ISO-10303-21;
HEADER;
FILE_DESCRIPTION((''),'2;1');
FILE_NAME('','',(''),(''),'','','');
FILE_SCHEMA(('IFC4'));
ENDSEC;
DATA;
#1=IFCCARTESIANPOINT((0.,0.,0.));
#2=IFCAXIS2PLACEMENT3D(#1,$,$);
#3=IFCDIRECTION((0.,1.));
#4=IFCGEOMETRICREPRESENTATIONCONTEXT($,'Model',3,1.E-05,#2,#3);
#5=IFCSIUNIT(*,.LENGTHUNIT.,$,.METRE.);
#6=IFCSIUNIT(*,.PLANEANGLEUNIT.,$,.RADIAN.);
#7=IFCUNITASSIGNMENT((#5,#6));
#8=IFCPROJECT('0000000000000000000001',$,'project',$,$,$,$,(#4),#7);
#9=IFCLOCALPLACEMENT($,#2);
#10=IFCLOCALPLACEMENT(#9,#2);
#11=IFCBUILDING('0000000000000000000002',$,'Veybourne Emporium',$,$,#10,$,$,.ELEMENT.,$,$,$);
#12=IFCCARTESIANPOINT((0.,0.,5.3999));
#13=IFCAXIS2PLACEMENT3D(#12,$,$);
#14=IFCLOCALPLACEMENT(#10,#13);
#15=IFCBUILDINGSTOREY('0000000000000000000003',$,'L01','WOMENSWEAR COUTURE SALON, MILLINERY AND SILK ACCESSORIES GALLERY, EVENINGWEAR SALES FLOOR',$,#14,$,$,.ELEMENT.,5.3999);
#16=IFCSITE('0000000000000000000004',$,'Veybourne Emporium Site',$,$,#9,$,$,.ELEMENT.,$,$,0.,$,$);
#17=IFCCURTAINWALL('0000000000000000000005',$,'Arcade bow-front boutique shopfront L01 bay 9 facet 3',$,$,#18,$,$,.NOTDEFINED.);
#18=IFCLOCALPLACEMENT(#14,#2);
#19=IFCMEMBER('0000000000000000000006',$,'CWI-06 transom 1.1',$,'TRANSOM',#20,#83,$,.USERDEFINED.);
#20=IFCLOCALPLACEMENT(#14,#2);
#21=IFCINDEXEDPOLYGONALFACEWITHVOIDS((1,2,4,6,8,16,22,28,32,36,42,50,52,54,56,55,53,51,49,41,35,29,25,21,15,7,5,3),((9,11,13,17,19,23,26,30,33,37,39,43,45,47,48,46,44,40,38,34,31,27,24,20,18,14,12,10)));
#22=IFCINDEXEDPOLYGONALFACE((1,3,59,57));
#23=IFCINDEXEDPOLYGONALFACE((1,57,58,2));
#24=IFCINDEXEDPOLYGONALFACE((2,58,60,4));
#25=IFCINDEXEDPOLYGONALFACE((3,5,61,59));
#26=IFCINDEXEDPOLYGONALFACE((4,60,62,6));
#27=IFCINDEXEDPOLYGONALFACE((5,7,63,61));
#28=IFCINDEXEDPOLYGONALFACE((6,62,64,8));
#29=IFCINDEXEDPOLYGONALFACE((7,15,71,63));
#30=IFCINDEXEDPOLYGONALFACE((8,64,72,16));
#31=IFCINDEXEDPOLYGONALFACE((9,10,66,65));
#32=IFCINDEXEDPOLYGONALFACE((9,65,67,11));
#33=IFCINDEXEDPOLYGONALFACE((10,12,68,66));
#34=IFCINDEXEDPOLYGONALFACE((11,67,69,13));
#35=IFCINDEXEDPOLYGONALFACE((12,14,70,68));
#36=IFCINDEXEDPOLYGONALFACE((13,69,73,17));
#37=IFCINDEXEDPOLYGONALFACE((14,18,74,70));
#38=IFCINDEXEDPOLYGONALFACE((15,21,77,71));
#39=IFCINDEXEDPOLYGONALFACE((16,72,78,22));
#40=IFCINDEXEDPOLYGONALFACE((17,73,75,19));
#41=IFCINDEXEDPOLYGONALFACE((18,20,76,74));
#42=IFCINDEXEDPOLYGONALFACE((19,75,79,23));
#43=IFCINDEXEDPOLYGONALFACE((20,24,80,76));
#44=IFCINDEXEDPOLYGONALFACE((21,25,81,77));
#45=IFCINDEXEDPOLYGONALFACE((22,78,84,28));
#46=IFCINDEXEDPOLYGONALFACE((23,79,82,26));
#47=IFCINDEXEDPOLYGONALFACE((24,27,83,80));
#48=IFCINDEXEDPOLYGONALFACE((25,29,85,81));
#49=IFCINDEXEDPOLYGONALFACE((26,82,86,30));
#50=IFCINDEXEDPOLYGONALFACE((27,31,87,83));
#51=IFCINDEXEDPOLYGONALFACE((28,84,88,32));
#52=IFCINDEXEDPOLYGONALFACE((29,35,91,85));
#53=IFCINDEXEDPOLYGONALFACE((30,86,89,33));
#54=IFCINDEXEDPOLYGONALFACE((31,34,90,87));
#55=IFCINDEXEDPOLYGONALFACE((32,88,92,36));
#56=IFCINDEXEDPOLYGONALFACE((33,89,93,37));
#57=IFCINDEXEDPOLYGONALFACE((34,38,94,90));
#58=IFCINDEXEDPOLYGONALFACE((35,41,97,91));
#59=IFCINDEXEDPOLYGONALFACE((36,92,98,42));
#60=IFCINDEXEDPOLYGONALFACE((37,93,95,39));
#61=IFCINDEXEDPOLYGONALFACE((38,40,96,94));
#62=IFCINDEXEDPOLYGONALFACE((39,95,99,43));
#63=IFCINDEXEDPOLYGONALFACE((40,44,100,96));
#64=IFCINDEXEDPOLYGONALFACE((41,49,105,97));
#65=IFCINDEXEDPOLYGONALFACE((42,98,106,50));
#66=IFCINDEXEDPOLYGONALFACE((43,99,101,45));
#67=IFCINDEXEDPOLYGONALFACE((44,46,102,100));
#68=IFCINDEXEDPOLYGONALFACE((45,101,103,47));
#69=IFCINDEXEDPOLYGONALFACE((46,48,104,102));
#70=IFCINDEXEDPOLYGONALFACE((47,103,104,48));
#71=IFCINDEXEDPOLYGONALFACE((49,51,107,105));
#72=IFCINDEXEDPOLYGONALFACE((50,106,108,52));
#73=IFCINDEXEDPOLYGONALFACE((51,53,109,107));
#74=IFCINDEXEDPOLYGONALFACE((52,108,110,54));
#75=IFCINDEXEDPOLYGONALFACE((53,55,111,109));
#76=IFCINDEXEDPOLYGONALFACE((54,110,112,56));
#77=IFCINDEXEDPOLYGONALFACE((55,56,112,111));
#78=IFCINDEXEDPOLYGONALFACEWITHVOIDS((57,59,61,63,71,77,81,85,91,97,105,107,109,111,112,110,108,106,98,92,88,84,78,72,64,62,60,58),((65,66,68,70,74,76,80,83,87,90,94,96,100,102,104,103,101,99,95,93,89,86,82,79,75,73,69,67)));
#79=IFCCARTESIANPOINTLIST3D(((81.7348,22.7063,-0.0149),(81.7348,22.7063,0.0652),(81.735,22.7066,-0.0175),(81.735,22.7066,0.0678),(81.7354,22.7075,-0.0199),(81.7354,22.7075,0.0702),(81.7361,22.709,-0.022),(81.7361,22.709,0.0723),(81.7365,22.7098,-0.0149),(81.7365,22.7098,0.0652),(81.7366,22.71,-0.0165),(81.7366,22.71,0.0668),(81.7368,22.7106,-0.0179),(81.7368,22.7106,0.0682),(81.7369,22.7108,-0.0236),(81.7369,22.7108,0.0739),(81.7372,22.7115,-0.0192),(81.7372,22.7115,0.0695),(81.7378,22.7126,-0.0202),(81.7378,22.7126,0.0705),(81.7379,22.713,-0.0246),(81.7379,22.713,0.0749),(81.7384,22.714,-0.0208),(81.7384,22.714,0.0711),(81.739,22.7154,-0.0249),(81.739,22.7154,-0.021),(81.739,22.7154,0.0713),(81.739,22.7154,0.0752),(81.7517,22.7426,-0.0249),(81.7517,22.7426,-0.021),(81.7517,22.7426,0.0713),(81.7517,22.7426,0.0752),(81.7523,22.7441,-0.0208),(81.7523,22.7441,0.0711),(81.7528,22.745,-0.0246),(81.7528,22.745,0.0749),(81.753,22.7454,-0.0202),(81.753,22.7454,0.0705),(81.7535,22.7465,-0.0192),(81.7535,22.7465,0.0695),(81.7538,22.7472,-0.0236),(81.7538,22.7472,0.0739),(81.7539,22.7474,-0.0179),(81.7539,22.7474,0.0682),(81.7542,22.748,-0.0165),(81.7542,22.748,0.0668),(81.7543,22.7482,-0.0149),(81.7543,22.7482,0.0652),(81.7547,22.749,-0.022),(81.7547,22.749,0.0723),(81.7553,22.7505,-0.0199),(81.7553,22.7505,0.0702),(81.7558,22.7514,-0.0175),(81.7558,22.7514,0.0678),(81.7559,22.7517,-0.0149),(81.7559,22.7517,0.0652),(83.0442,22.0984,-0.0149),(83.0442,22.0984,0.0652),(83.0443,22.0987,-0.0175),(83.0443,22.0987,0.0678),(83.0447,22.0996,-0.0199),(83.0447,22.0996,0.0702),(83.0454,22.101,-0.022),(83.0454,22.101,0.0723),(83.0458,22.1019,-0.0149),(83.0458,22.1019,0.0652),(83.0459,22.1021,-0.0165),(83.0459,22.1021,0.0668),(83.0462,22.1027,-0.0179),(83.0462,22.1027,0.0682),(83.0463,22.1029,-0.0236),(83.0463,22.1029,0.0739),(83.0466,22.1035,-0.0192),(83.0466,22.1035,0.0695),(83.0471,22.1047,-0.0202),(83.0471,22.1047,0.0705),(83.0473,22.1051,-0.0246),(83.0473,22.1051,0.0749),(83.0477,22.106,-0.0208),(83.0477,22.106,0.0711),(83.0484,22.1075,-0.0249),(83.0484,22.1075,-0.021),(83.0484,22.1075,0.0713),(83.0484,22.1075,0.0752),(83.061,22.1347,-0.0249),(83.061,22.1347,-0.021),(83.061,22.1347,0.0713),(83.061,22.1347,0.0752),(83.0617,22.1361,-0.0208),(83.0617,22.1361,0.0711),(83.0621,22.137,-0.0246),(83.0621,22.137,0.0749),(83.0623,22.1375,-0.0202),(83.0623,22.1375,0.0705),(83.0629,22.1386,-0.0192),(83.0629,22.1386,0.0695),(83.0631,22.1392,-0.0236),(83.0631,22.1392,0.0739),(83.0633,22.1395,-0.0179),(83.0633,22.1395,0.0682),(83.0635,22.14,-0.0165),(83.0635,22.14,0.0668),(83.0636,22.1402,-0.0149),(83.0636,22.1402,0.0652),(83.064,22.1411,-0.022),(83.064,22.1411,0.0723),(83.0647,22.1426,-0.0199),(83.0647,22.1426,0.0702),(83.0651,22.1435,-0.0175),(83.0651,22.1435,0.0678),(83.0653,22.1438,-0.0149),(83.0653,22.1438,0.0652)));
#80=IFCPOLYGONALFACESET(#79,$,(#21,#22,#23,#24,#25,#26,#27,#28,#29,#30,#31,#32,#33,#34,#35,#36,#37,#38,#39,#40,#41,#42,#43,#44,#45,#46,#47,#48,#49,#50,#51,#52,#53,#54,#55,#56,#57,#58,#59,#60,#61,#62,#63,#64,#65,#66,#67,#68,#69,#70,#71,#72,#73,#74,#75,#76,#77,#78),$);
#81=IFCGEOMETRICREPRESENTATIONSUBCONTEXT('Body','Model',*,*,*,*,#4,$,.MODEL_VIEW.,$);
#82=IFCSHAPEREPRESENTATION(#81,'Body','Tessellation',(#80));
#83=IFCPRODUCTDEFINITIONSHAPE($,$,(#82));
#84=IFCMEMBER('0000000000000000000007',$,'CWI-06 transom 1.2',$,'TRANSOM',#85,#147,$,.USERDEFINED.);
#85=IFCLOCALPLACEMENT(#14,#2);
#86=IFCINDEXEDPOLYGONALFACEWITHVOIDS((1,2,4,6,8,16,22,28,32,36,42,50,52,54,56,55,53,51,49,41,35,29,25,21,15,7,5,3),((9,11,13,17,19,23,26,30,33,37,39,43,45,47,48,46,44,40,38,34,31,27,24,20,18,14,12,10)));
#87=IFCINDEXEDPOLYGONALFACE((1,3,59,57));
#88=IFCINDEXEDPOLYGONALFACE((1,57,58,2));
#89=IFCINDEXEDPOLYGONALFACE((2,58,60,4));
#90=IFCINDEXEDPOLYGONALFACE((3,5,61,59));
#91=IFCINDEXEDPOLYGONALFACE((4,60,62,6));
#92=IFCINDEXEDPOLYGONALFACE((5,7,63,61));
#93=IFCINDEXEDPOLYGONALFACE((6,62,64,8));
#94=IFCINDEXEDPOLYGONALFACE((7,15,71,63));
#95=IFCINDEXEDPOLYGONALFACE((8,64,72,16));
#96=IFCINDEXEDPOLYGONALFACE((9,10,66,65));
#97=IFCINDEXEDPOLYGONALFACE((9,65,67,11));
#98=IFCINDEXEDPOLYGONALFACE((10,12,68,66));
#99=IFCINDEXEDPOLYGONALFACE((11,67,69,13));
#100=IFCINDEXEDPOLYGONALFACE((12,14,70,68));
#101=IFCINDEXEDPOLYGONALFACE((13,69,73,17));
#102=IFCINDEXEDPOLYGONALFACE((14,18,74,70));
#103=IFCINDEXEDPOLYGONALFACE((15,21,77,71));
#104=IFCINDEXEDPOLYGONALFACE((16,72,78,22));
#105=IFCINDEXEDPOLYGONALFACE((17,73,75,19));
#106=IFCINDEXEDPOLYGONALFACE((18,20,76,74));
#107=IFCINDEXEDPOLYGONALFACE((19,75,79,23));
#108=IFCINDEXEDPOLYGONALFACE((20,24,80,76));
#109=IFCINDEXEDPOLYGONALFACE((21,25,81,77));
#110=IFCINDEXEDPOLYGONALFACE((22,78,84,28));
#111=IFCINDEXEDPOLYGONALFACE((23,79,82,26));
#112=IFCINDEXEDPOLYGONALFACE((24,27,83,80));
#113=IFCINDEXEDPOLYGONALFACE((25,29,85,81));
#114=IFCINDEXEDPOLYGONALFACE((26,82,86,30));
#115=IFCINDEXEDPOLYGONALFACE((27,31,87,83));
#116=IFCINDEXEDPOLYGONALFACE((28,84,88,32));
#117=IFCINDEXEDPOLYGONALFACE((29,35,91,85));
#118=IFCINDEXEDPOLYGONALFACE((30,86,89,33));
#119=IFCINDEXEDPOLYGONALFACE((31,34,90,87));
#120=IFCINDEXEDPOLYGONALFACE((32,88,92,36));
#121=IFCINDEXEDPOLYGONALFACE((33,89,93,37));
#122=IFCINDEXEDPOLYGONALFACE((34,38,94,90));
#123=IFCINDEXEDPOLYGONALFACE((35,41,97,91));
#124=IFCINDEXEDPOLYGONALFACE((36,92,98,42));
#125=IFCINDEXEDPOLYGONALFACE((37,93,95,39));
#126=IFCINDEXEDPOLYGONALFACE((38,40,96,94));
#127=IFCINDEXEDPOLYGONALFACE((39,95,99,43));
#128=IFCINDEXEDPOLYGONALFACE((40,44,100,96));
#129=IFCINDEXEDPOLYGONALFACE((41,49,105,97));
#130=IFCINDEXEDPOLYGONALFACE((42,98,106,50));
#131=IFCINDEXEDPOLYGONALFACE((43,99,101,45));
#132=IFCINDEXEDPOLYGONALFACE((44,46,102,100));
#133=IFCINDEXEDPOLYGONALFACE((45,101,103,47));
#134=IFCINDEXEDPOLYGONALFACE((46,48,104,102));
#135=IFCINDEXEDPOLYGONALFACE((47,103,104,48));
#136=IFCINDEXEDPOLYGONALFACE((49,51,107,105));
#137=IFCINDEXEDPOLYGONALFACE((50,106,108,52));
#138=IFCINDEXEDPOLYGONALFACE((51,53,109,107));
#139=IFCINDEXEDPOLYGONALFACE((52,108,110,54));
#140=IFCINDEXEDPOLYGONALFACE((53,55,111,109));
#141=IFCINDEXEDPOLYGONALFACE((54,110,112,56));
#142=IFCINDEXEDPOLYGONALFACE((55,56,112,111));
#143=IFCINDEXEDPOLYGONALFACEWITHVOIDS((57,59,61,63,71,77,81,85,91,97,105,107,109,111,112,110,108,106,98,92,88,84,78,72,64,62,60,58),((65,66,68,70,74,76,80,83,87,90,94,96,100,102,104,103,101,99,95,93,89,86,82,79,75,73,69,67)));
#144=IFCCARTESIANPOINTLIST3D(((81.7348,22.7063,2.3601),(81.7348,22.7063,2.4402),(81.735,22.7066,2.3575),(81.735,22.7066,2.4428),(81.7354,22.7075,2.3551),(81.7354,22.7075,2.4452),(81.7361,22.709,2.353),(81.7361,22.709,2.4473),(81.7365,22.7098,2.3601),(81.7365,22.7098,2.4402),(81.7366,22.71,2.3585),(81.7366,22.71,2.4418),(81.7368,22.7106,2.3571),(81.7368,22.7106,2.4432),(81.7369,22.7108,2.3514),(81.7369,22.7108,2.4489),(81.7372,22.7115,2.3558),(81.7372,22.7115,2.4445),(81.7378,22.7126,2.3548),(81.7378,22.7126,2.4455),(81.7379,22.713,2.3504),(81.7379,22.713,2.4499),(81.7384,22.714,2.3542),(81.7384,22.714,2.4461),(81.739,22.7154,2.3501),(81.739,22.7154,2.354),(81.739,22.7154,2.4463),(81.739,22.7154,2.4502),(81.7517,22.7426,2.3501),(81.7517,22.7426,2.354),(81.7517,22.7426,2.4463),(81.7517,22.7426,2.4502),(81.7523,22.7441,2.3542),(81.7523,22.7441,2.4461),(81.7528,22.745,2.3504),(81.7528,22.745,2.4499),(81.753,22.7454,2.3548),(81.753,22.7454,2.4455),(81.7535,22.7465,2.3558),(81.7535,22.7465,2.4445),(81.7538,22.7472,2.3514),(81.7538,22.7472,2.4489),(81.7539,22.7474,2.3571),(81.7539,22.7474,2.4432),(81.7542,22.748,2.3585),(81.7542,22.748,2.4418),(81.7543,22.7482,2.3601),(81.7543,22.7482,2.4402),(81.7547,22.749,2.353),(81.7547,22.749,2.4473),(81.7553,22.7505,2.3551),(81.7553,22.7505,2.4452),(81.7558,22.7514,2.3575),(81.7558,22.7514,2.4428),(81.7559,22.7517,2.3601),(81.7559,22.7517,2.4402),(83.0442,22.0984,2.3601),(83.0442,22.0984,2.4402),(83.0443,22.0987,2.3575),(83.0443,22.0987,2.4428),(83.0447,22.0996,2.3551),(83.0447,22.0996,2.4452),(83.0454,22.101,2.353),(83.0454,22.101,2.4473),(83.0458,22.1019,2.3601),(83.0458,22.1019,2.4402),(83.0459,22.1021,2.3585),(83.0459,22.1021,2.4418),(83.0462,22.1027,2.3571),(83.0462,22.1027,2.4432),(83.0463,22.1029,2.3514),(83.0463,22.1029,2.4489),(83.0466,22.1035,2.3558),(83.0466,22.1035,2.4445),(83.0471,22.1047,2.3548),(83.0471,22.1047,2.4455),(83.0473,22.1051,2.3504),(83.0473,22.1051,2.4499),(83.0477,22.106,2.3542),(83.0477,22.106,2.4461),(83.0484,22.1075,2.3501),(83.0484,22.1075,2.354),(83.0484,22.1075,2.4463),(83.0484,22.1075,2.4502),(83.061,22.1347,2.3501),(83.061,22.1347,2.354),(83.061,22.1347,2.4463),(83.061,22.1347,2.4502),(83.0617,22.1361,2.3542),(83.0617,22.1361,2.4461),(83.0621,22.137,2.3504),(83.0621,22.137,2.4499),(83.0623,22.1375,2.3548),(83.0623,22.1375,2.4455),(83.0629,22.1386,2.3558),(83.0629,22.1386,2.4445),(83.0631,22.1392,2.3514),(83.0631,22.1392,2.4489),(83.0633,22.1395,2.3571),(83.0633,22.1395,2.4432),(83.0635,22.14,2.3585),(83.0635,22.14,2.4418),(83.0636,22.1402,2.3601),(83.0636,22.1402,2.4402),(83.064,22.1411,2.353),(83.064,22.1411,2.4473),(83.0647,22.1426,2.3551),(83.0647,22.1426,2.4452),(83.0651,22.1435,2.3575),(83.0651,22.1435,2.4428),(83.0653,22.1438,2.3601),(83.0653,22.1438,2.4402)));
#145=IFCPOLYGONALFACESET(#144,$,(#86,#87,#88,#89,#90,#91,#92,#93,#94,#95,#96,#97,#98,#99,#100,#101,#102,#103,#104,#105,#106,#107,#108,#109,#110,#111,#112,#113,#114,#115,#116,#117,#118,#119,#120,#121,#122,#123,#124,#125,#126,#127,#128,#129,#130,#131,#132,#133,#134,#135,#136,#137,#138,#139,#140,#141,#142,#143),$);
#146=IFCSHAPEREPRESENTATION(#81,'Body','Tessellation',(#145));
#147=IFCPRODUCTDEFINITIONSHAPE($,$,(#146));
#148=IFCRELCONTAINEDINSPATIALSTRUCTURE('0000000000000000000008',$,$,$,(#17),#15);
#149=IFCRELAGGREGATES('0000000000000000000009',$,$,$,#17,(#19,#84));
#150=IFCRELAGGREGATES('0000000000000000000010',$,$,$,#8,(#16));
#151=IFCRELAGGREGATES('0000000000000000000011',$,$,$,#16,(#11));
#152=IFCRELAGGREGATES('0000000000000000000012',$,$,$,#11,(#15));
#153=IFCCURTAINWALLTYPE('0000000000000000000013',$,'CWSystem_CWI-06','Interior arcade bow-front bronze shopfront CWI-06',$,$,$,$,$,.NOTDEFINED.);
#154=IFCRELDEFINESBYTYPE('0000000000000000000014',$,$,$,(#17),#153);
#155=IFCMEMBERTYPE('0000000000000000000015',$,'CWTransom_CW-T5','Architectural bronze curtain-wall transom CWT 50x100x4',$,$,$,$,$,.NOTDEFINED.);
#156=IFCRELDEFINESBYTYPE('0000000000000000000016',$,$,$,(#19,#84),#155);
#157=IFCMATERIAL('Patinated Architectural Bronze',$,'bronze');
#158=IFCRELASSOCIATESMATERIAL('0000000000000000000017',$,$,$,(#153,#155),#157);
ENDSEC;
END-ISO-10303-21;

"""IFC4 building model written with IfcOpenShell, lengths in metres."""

from ifc_helpers import new_model, si_unit, direction, frame, origin, origin_2d, place, context, subcontext, project, spatial, hollow_rectangle, extrude, material, material_profile, profile_set, type_object, element, aggregate, save


model = new_model("IFC4")

# Units and contexts
model_context = context("Model", 3, precision=1e-05, world=origin(), true_north=direction((0.0, 1.0)))
body_context = subcontext(model_context, "Body", "Model", "MODEL_VIEW")
ifc_project = project(units=[si_unit("LENGTHUNIT", "METRE"), si_unit("PLANEANGLEUNIT", "RADIAN")], contexts=[model_context])

# Site, building, storey
site_placement = place(None, origin())
site = spatial("IfcSite", under=ifc_project, at=site_placement, Name="Veybourne Emporium Site", CompositionType="ELEMENT", RefElevation=0.0)
building_placement = place(site_placement, origin())
building = spatial("IfcBuilding", under=site, at=building_placement, Name="Veybourne Emporium", CompositionType="ELEMENT")
storey_placement = place(building_placement, frame((0.0, 0.0, 5.3999)))
storey = spatial("IfcBuildingStorey", under=building, at=storey_placement, Name="L01", Description="WOMENSWEAR COUTURE SALON, MILLINERY AND SILK ACCESSORIES GALLERY, EVENINGWEAR SALES FLOOR", CompositionType="ELEMENT", Elevation=5.3999)

# Shared definitions
ifc_material_1 = material(Name="Patinated Architectural Bronze", Category="bronze")

# Curtain wall
curtain_wall_type_1 = type_object("IfcCurtainWallType", Name="CWSystem_CWI-06", Description="Interior arcade bow-front bronze shopfront CWI-06", PredefinedType="NOTDEFINED", material=ifc_material_1)
curtain_wall_1_placement = place(storey_placement, origin())
curtain_wall_1 = element("IfcCurtainWall", 1, at=curtain_wall_1_placement, inside=storey, type_object=curtain_wall_type_1, Name="Arcade bow-front boutique shopfront L01 bay 9 facet 3", PredefinedType="NOTDEFINED")

# Members
ifc_material_profile_1 = material_profile(ifc_material_1, hollow_rectangle(XDim=0.05, YDim=0.1001, WallThickness=0.0039, InnerFilletRadius=0.0061, OuterFilletRadius=0.01, at=origin_2d()), Name="CWT 50x100x4")
ifc_profile_set_1 = profile_set([ifc_material_profile_1], Name="Patinated Architectural Bronze")
member_type_1 = type_object("IfcMemberType", Name="CWTransom_CW-T5", Description="Architectural bronze curtain-wall transom CWT 50x100x4", PredefinedType="NOTDEFINED", material=ifc_profile_set_1)
member_1_placement = place(storey_placement, frame((81.7454, 22.729, 0.0251), z_axis=(0.907007, -0.421116, 0.0), x_axis=(0.421116, 0.907007, 0.0)))
member_1 = element("IfcMember", 2, at=member_1_placement, type_object=member_type_1, Name="CWI-06 transom 1.1", ObjectType="TRANSOM", PredefinedType="USERDEFINED", context=body_context, shape_type="SweptSolid", body=[
    extrude(hollow_rectangle(XDim=0.05, YDim=0.1001, WallThickness=0.0039, InnerFilletRadius=0.0061, OuterFilletRadius=0.01, at=origin_2d()), origin(), (0.0, 0.0, 1.0), 1.4436),
])
member_2_placement = place(storey_placement, frame((81.7454, 22.729, 2.4001), z_axis=(0.907007, -0.421116, 0.0), x_axis=(0.421116, 0.907007, 0.0)))
member_2 = element("IfcMember", 3, at=member_2_placement, type_object=member_type_1, Name="CWI-06 transom 1.2", ObjectType="TRANSOM", PredefinedType="USERDEFINED", context=body_context, shape_type="SweptSolid", body=[
    extrude(hollow_rectangle(XDim=0.05, YDim=0.1001, WallThickness=0.0039, InnerFilletRadius=0.0061, OuterFilletRadius=0.01, at=origin_2d()), origin(), (0.0, 0.0, 1.0), 1.4436),
])

aggregate(curtain_wall_1, [member_1, member_2])

save(model, "model.ifc")
